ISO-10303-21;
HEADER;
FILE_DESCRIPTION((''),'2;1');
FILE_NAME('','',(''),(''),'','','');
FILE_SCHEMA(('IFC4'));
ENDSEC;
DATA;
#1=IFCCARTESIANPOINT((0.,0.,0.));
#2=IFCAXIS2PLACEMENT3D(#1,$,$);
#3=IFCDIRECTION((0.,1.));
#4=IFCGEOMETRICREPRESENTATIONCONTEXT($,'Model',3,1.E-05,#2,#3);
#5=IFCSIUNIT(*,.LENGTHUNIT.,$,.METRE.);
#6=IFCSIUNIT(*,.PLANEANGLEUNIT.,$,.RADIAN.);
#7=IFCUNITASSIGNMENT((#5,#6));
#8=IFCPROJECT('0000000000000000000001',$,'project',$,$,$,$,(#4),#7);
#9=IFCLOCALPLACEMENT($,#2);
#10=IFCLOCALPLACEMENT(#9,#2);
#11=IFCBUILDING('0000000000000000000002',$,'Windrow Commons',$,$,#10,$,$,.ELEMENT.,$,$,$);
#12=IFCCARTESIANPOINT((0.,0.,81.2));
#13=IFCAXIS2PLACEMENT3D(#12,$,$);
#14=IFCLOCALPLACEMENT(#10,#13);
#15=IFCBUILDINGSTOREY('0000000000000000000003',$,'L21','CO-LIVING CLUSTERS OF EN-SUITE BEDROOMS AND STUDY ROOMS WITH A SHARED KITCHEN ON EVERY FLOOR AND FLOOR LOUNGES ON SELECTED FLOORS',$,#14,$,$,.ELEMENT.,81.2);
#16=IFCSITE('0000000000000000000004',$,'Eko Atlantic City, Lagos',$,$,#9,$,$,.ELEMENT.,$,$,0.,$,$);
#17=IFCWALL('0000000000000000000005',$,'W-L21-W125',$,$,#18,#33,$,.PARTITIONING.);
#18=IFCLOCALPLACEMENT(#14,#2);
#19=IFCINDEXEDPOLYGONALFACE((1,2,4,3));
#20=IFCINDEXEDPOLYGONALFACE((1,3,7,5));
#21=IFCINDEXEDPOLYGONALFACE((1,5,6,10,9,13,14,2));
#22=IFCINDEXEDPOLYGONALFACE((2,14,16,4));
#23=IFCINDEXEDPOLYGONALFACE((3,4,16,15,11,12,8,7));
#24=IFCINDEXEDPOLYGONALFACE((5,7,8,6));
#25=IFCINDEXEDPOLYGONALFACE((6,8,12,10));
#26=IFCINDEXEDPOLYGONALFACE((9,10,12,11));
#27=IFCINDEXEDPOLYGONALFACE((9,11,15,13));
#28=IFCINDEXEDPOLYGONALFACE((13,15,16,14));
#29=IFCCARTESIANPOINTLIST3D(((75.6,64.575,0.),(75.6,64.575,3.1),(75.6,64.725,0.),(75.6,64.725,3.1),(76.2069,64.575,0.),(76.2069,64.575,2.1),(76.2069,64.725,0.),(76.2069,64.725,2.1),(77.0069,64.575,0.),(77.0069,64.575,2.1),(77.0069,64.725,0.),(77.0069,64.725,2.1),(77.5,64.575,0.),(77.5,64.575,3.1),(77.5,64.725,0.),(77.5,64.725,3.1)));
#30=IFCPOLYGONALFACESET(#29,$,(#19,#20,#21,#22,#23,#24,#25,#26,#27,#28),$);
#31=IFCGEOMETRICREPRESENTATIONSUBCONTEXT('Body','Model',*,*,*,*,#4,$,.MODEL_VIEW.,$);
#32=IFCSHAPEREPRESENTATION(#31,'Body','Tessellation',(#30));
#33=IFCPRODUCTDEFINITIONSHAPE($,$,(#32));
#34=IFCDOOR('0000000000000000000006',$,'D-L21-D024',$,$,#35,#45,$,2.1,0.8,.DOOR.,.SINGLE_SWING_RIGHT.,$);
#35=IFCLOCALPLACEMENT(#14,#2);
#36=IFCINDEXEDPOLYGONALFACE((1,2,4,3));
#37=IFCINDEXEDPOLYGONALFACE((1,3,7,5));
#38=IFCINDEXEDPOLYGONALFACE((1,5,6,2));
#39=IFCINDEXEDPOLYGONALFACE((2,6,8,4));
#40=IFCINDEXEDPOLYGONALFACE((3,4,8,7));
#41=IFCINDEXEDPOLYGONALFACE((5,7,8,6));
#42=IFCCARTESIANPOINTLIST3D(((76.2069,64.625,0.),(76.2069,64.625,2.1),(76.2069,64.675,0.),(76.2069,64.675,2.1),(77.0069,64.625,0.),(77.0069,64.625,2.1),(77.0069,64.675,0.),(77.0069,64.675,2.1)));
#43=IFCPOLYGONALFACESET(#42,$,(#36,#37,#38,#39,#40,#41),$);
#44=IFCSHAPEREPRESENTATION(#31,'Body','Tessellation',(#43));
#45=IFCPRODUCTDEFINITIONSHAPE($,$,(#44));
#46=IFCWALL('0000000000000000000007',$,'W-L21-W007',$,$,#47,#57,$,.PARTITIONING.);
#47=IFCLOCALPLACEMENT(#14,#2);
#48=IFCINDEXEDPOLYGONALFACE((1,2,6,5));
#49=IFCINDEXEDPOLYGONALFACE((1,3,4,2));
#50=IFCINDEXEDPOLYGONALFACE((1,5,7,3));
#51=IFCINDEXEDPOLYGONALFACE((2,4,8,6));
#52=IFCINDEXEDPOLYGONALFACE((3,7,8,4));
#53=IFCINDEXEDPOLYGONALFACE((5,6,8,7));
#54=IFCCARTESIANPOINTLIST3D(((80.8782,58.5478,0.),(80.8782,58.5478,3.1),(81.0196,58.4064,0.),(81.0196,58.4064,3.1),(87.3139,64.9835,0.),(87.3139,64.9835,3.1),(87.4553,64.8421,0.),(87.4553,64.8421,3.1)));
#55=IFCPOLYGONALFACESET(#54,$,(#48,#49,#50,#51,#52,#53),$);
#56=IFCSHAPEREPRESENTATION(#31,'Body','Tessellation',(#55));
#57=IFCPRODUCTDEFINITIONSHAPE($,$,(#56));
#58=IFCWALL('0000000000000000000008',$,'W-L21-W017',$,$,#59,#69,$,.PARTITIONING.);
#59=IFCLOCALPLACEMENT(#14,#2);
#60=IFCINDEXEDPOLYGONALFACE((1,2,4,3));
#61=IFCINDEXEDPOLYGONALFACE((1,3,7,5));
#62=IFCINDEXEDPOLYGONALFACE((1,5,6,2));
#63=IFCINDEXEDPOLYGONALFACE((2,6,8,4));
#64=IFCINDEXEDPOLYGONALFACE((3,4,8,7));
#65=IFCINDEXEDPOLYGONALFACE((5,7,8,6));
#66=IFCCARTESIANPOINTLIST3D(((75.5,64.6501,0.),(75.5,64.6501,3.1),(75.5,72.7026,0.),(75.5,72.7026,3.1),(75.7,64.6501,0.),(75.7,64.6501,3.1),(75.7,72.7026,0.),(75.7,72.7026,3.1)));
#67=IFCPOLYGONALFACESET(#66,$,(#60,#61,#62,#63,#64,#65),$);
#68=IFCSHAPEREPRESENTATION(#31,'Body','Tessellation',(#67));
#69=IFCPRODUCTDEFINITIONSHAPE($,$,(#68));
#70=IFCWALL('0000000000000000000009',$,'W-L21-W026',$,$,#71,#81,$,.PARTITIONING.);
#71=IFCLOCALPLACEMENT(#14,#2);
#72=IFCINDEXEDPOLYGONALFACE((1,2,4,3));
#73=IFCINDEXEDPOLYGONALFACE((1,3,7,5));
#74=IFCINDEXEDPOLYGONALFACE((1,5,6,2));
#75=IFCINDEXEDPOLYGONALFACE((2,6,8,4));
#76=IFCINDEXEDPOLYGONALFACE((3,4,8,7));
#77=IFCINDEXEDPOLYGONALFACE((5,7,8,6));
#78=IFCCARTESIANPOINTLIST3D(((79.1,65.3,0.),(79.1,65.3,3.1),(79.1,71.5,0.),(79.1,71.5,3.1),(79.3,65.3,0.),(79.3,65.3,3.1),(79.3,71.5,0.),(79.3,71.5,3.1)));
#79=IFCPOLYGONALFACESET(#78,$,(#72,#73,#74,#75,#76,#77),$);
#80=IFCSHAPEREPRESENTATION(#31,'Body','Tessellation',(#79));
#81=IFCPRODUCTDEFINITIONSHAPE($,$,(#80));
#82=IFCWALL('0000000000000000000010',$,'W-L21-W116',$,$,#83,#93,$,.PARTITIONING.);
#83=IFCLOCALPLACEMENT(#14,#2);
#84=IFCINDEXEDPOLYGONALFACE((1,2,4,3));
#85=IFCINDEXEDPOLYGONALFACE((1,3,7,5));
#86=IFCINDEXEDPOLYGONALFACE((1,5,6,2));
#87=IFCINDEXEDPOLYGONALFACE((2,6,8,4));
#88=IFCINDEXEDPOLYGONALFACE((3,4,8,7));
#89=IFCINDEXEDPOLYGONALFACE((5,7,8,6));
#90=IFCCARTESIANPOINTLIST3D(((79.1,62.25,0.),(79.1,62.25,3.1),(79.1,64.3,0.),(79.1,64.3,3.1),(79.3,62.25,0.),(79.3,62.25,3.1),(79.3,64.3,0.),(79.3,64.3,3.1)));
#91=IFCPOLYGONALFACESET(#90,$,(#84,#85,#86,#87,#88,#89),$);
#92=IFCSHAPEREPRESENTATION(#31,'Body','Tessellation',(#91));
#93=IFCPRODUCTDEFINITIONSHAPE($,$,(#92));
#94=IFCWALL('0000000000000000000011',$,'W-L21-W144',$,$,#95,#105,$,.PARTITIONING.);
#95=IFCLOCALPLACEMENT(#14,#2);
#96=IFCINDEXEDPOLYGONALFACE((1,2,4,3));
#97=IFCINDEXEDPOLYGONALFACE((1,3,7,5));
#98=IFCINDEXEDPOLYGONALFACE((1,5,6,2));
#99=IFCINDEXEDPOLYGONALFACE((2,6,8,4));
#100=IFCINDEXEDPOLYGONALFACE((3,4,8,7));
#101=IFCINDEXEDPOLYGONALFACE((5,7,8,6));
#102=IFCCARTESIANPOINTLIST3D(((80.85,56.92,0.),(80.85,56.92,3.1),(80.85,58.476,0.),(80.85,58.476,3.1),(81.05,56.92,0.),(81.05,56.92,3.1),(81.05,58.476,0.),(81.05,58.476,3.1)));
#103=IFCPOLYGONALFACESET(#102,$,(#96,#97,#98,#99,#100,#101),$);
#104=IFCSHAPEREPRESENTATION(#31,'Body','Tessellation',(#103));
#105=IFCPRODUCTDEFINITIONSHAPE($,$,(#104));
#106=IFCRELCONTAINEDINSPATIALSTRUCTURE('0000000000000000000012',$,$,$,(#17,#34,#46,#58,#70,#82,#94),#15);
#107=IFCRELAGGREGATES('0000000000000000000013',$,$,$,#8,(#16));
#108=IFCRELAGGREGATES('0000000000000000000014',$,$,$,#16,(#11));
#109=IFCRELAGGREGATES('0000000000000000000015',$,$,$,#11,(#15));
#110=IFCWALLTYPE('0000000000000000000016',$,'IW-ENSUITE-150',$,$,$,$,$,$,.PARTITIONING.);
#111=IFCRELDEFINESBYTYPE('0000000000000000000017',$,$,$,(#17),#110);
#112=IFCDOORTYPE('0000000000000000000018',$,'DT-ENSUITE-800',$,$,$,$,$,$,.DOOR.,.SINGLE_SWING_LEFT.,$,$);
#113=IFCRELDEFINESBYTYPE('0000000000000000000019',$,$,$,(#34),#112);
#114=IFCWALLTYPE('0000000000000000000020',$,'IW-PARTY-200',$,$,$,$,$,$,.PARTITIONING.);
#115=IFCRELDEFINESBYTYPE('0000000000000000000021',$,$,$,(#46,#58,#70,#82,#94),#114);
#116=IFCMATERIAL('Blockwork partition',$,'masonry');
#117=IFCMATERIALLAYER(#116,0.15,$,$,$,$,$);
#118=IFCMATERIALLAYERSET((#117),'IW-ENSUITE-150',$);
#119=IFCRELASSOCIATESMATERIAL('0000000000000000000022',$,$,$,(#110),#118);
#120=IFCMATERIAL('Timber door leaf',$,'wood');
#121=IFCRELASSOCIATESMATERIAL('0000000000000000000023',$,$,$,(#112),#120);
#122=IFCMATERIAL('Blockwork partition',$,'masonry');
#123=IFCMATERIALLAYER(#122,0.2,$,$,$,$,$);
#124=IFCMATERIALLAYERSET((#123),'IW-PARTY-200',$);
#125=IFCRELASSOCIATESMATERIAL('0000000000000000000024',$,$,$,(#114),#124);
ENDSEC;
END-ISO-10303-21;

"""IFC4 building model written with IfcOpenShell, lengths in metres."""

from ifc_helpers import new_model, si_unit, direction, frame, frame_2d, origin, place, context, subcontext, project, spatial, rectangle, extrude, material, layer, layer_set, type_object, element, fill, save


model = new_model("IFC4")

# Units and contexts
model_context = context("Model", 3, precision=1e-05, world=origin(), true_north=direction((0.0, 1.0)))
body_context = subcontext(model_context, "Body", "Model", "MODEL_VIEW")
ifc_project = project(units=[si_unit("LENGTHUNIT", "METRE"), si_unit("PLANEANGLEUNIT", "RADIAN")], contexts=[model_context])

# Site, building, storey
site_placement = place(None, origin())
site = spatial("IfcSite", under=ifc_project, at=site_placement, Name="Eko Atlantic City, Lagos", CompositionType="ELEMENT", RefElevation=0.0)
building_placement = place(site_placement, origin())
building = spatial("IfcBuilding", under=site, at=building_placement, Name="Windrow Commons", CompositionType="ELEMENT")
storey_placement = place(building_placement, frame((0.0, 0.0, 81.2)))
storey = spatial("IfcBuildingStorey", under=building, at=storey_placement, Name="L21", Description="CO-LIVING CLUSTERS OF EN-SUITE BEDROOMS AND STUDY ROOMS WITH A SHARED KITCHEN ON EVERY FLOOR AND FLOOR LOUNGES ON SELECTED FLOORS", CompositionType="ELEMENT", Elevation=81.2)

# Shared definitions
ifc_material_1 = material(Name="Blockwork partition", Category="masonry")
ifc_layer_1 = layer(ifc_material_1, 0.15)
ifc_layer_set_1 = layer_set([ifc_layer_1], Name="IW-ENSUITE-150")
wall_type_1 = type_object("IfcWallType", Name="IW-ENSUITE-150", PredefinedType="PARTITIONING", material=ifc_layer_set_1)

# Wall, opening, door
wall_1_placement = place(storey_placement, frame((75.6, 64.65, 0.0), z_axis=(0.0, 0.0, 1.0), x_axis=(1.0, 0.0, 0.0)))
wall_1 = element("IfcWall", 1, at=wall_1_placement, inside=storey, type_object=wall_type_1, Name="W-L21-W125", PredefinedType="PARTITIONING", context=body_context, shape_type="SweptSolid", body=[
    extrude(rectangle(XDim=1.9, YDim=0.15, at=frame_2d((0.95, 0.0))), origin(), (0.0, 0.0, 1.0), 3.1),
])
opening_1_placement = place(wall_1_placement, frame((0.6069, 0.0, 0.0)))
opening_1 = element("IfcOpeningElement", 2, at=opening_1_placement, cuts=wall_1, PredefinedType="OPENING", context=body_context, shape_type="SweptSolid", body=[
    extrude(rectangle(XDim=0.8, YDim=2.1, at=frame_2d((0.4, 1.05))), frame((0.0, 0.085, 0.0), z_axis=(0.0, -1.0, 0.0), x_axis=(1.0, 0.0, 0.0)), (0.0, 0.0, 1.0), 0.17),
])
ifc_material_2 = material(Name="Timber door leaf", Category="wood")
door_type_1 = type_object("IfcDoorType", Name="DT-ENSUITE-800", OperationType="SINGLE_SWING_LEFT", PredefinedType="DOOR", material=ifc_material_2)
door_1_placement = place(opening_1_placement, origin())
door_1 = element("IfcDoor", 3, at=door_1_placement, inside=storey, type_object=door_type_1, Name="D-L21-D024", OperationType="SINGLE_SWING_RIGHT", OverallHeight=2.1, OverallWidth=0.8, PredefinedType="DOOR", context=body_context, shape_type="SweptSolid", body=[
    extrude(rectangle(XDim=0.8, YDim=2.1, at=frame_2d((0.4, 1.05))), frame((0.0, 0.025, 0.0), z_axis=(0.0, -1.0, 0.0), x_axis=(1.0, 0.0, 0.0)), (0.0, 0.0, 1.0), 0.05),
])
fill(opening_1, door_1)

# Walls
ifc_material_3 = material(Name="Blockwork partition", Category="masonry")
ifc_layer_2 = layer(ifc_material_3, 0.2)
ifc_layer_set_2 = layer_set([ifc_layer_2], Name="IW-PARTY-200")
wall_type_2 = type_object("IfcWallType", Name="IW-PARTY-200", PredefinedType="PARTITIONING", material=ifc_layer_set_2)
wall_2_placement = place(storey_placement, frame((80.9489, 58.4771, 0.0), z_axis=(0.0, 0.0, 1.0), x_axis=(0.707107, 0.707107, 0.0)))
element("IfcWall", 4, at=wall_2_placement, inside=storey, type_object=wall_type_2, Name="W-L21-W007", PredefinedType="PARTITIONING", context=body_context, shape_type="SweptSolid", body=[
    extrude(rectangle(XDim=9.1015, YDim=0.2, at=frame_2d((4.5507, 0.0))), origin(), (0.0, 0.0, 1.0), 3.1),
])
wall_3_placement = place(storey_placement, frame((75.6, 64.65, 0.0), z_axis=(0.0, 0.0, 1.0), x_axis=(0.0, 1.0, 0.0)))
element("IfcWall", 5, at=wall_3_placement, inside=storey, type_object=wall_type_2, Name="W-L21-W017", PredefinedType="PARTITIONING", context=body_context, shape_type="SweptSolid", body=[
    extrude(rectangle(XDim=8.0525, YDim=0.2, at=frame_2d((4.0263, 0.0))), origin(), (0.0, 0.0, 1.0), 3.1),
])
wall_4_placement = place(storey_placement, frame((79.2, 65.3, 0.0), z_axis=(0.0, 0.0, 1.0), x_axis=(0.0, 1.0, 0.0)))
element("IfcWall", 6, at=wall_4_placement, inside=storey, type_object=wall_type_2, Name="W-L21-W026", PredefinedType="PARTITIONING", context=body_context, shape_type="SweptSolid", body=[
    extrude(rectangle(XDim=6.2, YDim=0.2, at=frame_2d((3.1, 0.0))), origin(), (0.0, 0.0, 1.0), 3.1),
])
wall_5_placement = place(storey_placement, frame((79.2, 62.25, 0.0), z_axis=(0.0, 0.0, 1.0), x_axis=(0.0, 1.0, 0.0)))
element("IfcWall", 7, at=wall_5_placement, inside=storey, type_object=wall_type_2, Name="W-L21-W116", PredefinedType="PARTITIONING", context=body_context, shape_type="SweptSolid", body=[
    extrude(rectangle(XDim=2.05, YDim=0.2, at=frame_2d((1.025, 0.0))), origin(), (0.0, 0.0, 1.0), 3.1),
])
wall_6_placement = place(storey_placement, frame((80.95, 56.92, 0.0), z_axis=(0.0, 0.0, 1.0), x_axis=(0.0, 1.0, 0.0)))
element("IfcWall", 8, at=wall_6_placement, inside=storey, type_object=wall_type_2, Name="W-L21-W144", PredefinedType="PARTITIONING", context=body_context, shape_type="SweptSolid", body=[
    extrude(rectangle(XDim=1.556, YDim=0.2, at=frame_2d((0.778, 0.0))), origin(), (0.0, 0.0, 1.0), 3.1),
])

save(model, "model.ifc")
